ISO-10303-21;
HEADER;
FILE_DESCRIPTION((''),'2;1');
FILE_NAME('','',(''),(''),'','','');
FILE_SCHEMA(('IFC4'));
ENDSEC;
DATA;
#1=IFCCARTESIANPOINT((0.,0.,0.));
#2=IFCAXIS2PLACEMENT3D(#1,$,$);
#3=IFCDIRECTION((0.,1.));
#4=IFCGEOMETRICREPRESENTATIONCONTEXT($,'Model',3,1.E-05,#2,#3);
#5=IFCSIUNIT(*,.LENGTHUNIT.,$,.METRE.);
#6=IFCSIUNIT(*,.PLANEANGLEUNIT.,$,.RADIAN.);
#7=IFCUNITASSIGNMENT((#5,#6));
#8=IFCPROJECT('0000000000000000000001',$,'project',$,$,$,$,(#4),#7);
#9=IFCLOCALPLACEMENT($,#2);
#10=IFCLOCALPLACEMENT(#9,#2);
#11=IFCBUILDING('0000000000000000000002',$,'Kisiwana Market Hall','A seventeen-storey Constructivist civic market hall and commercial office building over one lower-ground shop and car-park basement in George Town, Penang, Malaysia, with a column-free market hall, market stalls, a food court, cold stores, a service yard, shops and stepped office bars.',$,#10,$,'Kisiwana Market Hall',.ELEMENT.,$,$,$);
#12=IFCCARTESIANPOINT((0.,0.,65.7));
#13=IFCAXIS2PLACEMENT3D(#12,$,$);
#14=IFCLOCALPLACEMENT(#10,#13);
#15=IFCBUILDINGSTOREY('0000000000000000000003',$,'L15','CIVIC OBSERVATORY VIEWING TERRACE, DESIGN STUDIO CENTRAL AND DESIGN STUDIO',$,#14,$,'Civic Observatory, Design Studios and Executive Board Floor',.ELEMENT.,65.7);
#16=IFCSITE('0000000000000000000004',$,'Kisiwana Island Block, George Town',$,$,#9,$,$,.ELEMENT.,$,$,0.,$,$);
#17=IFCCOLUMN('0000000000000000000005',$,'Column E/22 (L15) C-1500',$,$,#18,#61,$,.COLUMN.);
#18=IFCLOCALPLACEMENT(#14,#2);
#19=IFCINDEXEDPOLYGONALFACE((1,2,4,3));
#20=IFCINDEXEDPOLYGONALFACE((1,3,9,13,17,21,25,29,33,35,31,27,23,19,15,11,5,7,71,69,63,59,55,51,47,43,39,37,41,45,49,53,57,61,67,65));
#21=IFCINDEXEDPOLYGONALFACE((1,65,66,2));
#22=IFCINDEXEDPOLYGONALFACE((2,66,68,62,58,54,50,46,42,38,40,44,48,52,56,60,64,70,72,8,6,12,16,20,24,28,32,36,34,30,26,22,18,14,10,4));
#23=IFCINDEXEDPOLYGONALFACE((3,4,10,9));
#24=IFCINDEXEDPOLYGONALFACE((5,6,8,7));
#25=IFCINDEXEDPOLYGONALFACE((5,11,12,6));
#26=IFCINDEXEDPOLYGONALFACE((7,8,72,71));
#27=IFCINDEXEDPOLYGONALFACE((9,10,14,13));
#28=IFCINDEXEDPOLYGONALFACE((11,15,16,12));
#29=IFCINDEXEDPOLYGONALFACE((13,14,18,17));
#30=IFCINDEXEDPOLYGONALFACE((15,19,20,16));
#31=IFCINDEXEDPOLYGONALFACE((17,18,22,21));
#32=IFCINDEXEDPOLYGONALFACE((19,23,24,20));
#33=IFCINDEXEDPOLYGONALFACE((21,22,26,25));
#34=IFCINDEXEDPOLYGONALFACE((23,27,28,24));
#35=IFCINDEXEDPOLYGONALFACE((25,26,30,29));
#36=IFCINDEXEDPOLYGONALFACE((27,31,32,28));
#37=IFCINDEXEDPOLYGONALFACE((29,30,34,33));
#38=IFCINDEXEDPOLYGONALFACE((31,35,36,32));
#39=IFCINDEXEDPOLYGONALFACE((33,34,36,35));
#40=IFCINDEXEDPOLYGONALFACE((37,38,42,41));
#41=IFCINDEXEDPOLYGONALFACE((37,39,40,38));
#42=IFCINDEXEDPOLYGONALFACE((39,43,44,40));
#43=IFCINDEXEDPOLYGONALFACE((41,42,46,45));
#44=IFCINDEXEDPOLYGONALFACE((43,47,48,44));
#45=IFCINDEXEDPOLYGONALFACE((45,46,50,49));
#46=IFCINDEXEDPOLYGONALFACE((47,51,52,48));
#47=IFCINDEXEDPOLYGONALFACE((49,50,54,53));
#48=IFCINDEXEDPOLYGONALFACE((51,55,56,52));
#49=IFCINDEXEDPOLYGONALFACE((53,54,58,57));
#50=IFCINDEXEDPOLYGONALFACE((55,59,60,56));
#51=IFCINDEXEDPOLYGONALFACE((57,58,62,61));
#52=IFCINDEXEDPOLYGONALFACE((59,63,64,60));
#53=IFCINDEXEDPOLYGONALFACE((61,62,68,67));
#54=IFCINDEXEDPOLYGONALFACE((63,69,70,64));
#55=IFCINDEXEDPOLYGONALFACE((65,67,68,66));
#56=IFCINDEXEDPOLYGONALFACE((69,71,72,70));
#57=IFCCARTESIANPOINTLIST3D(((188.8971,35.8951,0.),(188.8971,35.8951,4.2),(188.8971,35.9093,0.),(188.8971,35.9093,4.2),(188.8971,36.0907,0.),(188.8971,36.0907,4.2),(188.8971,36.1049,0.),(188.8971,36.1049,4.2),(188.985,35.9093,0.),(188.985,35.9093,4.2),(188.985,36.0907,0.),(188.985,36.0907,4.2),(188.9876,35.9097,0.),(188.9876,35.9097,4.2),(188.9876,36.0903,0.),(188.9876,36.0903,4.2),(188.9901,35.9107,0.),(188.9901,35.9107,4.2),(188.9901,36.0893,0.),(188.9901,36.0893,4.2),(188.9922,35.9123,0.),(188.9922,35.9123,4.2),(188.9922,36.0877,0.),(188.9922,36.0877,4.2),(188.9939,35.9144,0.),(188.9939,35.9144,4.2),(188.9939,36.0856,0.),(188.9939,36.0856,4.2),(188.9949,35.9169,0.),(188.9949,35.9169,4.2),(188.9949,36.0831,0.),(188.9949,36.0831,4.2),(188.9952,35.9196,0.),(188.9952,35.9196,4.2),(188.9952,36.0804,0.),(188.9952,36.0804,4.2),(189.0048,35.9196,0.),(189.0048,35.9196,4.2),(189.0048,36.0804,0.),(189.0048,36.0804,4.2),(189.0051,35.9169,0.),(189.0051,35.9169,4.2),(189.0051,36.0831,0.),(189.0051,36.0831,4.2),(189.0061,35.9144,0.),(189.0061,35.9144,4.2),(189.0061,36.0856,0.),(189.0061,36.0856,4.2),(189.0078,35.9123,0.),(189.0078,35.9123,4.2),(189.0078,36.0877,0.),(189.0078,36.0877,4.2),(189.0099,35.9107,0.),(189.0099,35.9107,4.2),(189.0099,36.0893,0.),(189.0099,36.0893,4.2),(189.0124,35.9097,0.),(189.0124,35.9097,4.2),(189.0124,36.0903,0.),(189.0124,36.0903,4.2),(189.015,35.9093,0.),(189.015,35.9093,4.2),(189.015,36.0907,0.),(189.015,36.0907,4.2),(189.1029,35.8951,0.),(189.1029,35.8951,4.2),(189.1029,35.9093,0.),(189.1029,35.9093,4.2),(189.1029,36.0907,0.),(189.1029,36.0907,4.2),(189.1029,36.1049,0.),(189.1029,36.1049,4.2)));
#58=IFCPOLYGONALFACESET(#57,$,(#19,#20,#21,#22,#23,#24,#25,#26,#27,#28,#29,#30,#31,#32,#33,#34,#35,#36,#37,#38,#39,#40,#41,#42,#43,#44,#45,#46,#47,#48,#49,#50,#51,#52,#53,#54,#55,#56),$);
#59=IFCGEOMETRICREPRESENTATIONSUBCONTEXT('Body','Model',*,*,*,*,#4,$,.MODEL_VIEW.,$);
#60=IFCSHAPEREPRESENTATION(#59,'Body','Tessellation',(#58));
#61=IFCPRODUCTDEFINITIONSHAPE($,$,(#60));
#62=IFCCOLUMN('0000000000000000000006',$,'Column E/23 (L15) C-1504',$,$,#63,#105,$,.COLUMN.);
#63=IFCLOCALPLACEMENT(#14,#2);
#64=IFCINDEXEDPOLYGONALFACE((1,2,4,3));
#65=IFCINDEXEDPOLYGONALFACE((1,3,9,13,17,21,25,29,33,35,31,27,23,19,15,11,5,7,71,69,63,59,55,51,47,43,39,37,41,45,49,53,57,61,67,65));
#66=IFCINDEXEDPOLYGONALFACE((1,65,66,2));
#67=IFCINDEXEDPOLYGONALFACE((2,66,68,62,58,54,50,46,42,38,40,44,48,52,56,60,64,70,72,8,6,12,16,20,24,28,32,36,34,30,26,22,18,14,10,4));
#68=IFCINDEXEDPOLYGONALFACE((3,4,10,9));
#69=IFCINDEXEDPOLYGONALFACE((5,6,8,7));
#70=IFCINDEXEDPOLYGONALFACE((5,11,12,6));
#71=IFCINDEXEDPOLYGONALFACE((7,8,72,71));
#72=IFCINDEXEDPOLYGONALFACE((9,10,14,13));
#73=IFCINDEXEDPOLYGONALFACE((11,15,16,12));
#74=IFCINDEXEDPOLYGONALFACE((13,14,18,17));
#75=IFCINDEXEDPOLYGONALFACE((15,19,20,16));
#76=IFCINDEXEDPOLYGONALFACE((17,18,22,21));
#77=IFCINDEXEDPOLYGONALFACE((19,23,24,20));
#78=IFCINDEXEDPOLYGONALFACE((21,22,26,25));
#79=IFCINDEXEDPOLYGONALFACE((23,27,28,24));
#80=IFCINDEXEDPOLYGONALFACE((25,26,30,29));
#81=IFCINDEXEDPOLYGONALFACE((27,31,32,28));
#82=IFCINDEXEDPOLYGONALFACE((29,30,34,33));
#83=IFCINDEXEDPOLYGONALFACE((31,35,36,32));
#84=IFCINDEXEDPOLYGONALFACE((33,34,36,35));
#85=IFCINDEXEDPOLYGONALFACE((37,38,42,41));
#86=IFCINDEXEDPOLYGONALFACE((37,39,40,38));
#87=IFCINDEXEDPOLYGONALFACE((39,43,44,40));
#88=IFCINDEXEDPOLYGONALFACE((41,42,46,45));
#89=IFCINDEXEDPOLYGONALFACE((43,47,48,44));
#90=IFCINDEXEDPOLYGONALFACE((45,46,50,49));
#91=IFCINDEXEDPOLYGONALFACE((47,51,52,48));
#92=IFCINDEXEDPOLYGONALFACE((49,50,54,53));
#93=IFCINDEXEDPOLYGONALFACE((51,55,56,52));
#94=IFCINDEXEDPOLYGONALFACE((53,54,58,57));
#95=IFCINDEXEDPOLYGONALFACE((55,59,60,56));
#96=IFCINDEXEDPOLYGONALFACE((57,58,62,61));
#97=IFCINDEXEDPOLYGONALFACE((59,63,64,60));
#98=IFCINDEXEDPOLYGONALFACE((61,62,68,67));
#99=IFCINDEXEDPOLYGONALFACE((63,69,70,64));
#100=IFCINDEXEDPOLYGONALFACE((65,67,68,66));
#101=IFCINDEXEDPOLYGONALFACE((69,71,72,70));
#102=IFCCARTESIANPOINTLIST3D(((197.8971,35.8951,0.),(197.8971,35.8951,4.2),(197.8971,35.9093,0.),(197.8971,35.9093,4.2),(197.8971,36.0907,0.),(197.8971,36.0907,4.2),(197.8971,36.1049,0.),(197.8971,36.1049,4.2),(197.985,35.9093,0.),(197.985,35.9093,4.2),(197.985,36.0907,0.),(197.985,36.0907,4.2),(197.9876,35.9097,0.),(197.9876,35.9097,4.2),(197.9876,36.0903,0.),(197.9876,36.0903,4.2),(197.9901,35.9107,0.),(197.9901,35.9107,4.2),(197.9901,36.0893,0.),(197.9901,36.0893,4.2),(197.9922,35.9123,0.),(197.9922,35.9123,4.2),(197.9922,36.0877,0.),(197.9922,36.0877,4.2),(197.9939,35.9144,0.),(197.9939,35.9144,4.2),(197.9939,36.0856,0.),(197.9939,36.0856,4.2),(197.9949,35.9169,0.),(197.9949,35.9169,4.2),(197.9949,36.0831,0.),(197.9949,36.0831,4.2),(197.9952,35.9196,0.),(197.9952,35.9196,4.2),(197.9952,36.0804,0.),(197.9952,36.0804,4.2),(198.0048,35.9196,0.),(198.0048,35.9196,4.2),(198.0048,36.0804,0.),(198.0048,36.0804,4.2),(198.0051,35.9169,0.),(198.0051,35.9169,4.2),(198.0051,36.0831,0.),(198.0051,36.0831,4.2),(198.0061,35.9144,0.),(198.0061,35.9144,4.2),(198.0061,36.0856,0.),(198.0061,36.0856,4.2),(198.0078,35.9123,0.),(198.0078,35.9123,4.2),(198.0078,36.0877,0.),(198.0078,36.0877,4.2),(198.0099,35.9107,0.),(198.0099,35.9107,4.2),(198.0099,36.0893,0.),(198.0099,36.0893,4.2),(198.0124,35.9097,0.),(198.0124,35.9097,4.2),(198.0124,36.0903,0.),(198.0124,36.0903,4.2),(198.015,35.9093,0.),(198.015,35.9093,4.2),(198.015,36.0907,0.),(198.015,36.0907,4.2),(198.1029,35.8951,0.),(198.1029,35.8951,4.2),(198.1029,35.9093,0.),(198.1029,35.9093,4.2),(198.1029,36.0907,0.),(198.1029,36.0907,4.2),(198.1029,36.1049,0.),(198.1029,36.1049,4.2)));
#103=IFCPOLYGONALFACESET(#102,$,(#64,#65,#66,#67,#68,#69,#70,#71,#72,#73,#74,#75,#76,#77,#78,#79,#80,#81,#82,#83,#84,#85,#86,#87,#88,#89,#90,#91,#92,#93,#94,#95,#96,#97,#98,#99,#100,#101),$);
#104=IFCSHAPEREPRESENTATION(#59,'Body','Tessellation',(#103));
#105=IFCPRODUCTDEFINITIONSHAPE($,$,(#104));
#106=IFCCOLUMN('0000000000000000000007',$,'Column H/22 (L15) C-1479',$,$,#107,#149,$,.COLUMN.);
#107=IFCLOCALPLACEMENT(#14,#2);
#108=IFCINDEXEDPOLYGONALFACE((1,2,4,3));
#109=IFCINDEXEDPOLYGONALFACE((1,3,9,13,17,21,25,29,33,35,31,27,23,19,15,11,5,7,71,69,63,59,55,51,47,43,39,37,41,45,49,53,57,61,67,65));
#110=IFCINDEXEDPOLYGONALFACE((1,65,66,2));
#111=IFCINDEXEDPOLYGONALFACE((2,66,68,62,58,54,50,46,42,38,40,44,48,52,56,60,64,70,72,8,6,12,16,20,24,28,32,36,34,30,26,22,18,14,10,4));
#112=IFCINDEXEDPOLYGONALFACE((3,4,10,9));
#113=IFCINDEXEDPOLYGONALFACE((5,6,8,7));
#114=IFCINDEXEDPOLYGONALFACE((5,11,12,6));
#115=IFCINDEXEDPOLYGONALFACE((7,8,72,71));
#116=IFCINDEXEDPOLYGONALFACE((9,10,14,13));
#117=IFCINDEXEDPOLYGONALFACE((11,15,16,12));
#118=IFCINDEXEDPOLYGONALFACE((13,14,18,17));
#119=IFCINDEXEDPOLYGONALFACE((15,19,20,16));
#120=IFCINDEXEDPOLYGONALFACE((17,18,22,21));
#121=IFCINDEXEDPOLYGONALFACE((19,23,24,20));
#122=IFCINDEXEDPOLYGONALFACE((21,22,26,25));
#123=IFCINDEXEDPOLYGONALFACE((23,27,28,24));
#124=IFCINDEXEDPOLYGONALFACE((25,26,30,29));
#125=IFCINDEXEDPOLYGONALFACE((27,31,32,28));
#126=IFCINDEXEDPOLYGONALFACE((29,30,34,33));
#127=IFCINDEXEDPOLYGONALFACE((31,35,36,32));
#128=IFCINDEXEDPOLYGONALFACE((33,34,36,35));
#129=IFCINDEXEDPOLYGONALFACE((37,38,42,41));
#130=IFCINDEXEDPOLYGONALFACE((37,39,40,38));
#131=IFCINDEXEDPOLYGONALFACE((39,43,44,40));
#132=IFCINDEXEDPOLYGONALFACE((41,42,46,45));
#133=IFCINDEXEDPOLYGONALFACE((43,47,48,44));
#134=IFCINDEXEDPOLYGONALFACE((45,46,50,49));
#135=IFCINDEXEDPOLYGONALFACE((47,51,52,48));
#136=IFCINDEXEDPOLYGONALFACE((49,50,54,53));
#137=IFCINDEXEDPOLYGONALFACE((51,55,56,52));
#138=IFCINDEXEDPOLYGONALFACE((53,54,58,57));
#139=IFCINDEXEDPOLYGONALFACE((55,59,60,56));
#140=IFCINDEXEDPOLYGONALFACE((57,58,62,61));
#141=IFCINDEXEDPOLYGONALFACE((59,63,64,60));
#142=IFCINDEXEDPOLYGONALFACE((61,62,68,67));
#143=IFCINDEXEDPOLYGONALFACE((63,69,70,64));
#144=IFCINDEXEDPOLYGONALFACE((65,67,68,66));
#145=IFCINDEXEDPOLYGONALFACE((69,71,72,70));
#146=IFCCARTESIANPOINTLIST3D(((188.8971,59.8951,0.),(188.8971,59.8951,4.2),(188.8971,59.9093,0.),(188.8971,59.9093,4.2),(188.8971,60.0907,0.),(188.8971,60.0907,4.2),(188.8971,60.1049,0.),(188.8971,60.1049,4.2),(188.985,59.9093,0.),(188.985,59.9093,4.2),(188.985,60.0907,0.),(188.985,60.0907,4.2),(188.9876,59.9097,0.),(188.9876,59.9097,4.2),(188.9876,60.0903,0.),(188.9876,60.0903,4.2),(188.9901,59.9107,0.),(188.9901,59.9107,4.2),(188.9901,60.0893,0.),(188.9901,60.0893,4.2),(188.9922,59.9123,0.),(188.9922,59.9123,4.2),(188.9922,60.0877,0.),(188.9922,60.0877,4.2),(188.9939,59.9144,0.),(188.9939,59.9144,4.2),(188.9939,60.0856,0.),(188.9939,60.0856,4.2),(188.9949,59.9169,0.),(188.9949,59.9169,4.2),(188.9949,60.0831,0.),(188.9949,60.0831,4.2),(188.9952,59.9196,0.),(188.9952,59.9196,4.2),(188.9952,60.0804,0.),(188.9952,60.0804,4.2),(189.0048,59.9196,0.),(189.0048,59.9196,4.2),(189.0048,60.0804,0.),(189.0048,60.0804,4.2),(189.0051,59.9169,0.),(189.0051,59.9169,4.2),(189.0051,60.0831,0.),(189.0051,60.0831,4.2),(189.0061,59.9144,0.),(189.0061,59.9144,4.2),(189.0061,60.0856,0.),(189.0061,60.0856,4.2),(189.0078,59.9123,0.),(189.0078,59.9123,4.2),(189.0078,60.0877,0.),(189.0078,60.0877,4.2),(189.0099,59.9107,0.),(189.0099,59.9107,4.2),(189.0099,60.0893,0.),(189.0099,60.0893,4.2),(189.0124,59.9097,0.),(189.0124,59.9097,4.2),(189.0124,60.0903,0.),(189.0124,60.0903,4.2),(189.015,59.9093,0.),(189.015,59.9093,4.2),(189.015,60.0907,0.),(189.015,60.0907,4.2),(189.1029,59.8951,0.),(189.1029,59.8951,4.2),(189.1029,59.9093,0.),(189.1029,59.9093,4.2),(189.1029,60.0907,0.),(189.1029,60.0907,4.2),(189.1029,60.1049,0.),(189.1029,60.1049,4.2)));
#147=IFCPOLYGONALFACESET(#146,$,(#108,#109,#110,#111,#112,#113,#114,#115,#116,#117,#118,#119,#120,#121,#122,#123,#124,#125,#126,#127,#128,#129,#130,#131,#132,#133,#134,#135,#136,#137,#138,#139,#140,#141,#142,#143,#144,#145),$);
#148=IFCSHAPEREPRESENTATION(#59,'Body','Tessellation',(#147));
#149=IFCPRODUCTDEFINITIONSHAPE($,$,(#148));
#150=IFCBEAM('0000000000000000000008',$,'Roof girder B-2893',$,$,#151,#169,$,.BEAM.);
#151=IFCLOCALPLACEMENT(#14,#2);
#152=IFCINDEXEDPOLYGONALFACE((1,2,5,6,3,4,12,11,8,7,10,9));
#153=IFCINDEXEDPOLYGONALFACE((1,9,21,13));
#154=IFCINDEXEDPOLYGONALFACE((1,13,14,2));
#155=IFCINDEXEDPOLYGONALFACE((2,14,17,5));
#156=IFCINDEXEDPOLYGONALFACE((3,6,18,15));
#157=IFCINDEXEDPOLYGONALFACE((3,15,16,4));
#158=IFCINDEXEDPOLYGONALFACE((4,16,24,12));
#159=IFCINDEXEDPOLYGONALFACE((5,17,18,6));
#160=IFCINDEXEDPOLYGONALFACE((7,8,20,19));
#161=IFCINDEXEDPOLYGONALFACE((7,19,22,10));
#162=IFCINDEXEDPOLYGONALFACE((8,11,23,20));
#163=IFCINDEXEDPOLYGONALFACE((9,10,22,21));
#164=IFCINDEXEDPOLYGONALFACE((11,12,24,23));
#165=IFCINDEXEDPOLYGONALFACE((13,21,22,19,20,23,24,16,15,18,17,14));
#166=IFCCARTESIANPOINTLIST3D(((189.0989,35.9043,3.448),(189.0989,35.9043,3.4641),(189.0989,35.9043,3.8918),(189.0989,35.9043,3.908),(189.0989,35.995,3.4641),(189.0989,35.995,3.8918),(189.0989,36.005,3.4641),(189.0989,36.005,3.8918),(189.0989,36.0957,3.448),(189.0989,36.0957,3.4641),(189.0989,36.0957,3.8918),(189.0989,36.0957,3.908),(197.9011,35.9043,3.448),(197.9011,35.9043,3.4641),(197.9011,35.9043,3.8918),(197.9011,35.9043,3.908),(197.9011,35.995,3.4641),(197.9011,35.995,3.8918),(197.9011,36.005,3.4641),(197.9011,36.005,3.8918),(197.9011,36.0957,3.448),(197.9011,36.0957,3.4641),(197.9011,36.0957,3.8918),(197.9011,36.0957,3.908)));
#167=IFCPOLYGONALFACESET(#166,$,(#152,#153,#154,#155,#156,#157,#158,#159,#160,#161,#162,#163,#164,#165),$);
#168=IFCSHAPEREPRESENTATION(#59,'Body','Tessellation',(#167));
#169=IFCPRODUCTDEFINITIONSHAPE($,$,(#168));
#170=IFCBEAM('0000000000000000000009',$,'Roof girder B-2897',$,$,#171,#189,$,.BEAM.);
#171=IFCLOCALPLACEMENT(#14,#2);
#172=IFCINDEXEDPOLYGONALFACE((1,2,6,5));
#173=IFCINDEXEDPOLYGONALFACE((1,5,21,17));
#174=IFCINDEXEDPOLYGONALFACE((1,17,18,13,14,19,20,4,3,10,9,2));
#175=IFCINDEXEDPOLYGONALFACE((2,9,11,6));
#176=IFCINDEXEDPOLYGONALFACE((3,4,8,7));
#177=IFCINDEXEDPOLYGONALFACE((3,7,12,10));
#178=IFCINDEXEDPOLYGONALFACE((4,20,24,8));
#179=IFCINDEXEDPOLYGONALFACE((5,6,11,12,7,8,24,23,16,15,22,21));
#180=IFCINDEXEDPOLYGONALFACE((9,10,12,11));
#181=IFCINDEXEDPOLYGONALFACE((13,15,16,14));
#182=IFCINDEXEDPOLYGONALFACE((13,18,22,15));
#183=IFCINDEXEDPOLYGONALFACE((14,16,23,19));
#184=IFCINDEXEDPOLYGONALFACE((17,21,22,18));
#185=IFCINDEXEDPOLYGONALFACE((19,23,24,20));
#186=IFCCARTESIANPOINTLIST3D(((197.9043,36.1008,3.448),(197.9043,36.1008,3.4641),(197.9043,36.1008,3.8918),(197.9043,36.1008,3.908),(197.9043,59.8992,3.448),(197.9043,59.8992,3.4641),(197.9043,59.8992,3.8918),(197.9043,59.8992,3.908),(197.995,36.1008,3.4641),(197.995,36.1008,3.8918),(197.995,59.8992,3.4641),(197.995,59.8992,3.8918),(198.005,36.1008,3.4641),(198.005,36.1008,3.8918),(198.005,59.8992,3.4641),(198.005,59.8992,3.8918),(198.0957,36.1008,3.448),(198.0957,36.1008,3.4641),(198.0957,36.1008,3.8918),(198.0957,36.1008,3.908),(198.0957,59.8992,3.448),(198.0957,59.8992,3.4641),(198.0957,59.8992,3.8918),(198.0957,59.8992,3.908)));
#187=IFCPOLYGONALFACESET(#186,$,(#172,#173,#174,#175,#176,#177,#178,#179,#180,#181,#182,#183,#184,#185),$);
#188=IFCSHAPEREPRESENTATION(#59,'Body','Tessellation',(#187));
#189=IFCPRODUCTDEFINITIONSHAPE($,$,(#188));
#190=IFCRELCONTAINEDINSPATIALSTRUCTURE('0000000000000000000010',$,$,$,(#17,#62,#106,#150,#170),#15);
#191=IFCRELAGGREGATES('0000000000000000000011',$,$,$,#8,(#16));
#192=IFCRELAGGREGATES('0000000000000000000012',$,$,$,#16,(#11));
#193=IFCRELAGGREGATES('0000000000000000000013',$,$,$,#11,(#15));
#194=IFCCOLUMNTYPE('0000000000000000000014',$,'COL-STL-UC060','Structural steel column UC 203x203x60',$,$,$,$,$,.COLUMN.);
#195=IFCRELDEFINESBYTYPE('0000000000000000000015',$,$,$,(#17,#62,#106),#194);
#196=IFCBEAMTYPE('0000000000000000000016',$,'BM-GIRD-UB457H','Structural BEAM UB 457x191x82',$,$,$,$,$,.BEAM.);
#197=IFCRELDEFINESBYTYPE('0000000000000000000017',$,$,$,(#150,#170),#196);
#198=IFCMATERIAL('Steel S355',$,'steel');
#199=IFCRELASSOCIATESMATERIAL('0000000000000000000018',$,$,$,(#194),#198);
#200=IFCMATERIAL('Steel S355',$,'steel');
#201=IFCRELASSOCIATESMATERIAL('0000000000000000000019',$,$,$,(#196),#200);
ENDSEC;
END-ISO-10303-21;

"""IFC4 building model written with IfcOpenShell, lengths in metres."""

from ifc_helpers import new_model, si_unit, direction, frame, origin, origin_2d, place, context, subcontext, project, spatial, i_section, extrude, material, material_profile, profile_set, type_object, element, save


model = new_model("IFC4")

# Units and contexts
model_context = context("Model", 3, precision=1e-05, world=origin(), true_north=direction((0.0, 1.0)))
body_context = subcontext(model_context, "Body", "Model", "MODEL_VIEW")
ifc_project = project(units=[si_unit("LENGTHUNIT", "METRE"), si_unit("PLANEANGLEUNIT", "RADIAN")], contexts=[model_context])

# Site, building, storey
site_placement = place(None, origin())
site = spatial("IfcSite", under=ifc_project, at=site_placement, Name="Kisiwana Island Block, George Town", CompositionType="ELEMENT", RefElevation=0.0)
building_placement = place(site_placement, origin())
building = spatial("IfcBuilding", under=site, at=building_placement, Name="Kisiwana Market Hall", Description="A seventeen-storey Constructivist civic market hall and commercial office building over one lower-ground shop and car-park basement in George Town, Penang, Malaysia, with a column-free market hall, market stalls, a food court, cold stores, a service yard, shops and stepped office bars.", LongName="Kisiwana Market Hall", CompositionType="ELEMENT")
storey_placement = place(building_placement, frame((0.0, 0.0, 65.7)))
storey = spatial("IfcBuildingStorey", under=building, at=storey_placement, Name="L15", Description="CIVIC OBSERVATORY VIEWING TERRACE, DESIGN STUDIO CENTRAL AND DESIGN STUDIO", LongName="Civic Observatory, Design Studios and Executive Board Floor", CompositionType="ELEMENT", Elevation=65.7)

# Columns
ifc_material_1 = material(Name="Steel S355", Category="steel")
ifc_material_profile_1 = material_profile(ifc_material_1, i_section(OverallWidth=0.2058, OverallDepth=0.2097, WebThickness=0.0095, FlangeThickness=0.0142, FilletRadius=0.0103, at=origin_2d()), Name="UC 203x203x60")
ifc_profile_set_1 = profile_set([ifc_material_profile_1], Name="Steel S355")
column_type = type_object("IfcColumnType", Name="COL-STL-UC060", Description="Structural steel column UC 203x203x60", PredefinedType="COLUMN", material=ifc_profile_set_1)
for number, where, z_axis, x_axis, name in (
    (1, (189.0, 36.0, 0.0), (0.0, 0.0, 1.0), (1.0, 0.0, 0.0), "Column E/22 (L15) C-1500"),
    (2, (198.0, 36.0, 0.0), (0.0, 0.0, 1.0), (1.0, 0.0, 0.0), "Column E/23 (L15) C-1504"),
    (3, (189.0, 60.0, 0.0), (0.0, 0.0, 1.0), (1.0, 0.0, 0.0), "Column H/22 (L15) C-1479"),
):
    element("IfcColumn", number, at=place(storey_placement, frame(where, z_axis=z_axis, x_axis=x_axis)), inside=storey, type_object=column_type, Name=name, PredefinedType="COLUMN", context=body_context, shape_type="SweptSolid", body=[
        extrude(i_section(OverallWidth=0.2058, OverallDepth=0.2097, WebThickness=0.0095, FlangeThickness=0.0142, FilletRadius=0.0103, at=origin_2d()), origin(), (0.0, 0.0, 1.0), 4.2),
    ])

# Beams
ifc_material_2 = material(Name="Steel S355", Category="steel")
ifc_material_profile_2 = material_profile(ifc_material_2, i_section(OverallWidth=0.1914, OverallDepth=0.46, WebThickness=0.01, FlangeThickness=0.0161, at=origin_2d()), Name="UB 457x191x82")
ifc_profile_set_2 = profile_set([ifc_material_profile_2], Name="Steel S355")
beam_type_1 = type_object("IfcBeamType", Name="BM-GIRD-UB457H", Description="Structural BEAM UB 457x191x82", PredefinedType="BEAM", material=ifc_profile_set_2)
beam_1_placement = place(storey_placement, frame((189.0989, 36.0, 3.678), z_axis=(1.0, 0.0, 0.0), x_axis=(0.0, 1.0, 0.0)))
element("IfcBeam", 4, at=beam_1_placement, inside=storey, type_object=beam_type_1, Name="Roof girder B-2893", PredefinedType="BEAM", context=body_context, shape_type="SweptSolid", body=[
    extrude(i_section(OverallWidth=0.1914, OverallDepth=0.46, WebThickness=0.01, FlangeThickness=0.0161, at=origin_2d()), origin(), (0.0, 0.0, 1.0), 8.8022),
])
beam_2_placement = place(storey_placement, frame((198.0, 36.1008, 3.678), z_axis=(0.0, 1.0, 0.0), x_axis=(-1.0, 0.0, 0.0)))
element("IfcBeam", 5, at=beam_2_placement, inside=storey, type_object=beam_type_1, Name="Roof girder B-2897", PredefinedType="BEAM", context=body_context, shape_type="SweptSolid", body=[
    extrude(i_section(OverallWidth=0.1914, OverallDepth=0.46, WebThickness=0.01, FlangeThickness=0.0161, at=origin_2d()), origin(), (0.0, 0.0, 1.0), 23.7983),
])

save(model, "model.ifc")
